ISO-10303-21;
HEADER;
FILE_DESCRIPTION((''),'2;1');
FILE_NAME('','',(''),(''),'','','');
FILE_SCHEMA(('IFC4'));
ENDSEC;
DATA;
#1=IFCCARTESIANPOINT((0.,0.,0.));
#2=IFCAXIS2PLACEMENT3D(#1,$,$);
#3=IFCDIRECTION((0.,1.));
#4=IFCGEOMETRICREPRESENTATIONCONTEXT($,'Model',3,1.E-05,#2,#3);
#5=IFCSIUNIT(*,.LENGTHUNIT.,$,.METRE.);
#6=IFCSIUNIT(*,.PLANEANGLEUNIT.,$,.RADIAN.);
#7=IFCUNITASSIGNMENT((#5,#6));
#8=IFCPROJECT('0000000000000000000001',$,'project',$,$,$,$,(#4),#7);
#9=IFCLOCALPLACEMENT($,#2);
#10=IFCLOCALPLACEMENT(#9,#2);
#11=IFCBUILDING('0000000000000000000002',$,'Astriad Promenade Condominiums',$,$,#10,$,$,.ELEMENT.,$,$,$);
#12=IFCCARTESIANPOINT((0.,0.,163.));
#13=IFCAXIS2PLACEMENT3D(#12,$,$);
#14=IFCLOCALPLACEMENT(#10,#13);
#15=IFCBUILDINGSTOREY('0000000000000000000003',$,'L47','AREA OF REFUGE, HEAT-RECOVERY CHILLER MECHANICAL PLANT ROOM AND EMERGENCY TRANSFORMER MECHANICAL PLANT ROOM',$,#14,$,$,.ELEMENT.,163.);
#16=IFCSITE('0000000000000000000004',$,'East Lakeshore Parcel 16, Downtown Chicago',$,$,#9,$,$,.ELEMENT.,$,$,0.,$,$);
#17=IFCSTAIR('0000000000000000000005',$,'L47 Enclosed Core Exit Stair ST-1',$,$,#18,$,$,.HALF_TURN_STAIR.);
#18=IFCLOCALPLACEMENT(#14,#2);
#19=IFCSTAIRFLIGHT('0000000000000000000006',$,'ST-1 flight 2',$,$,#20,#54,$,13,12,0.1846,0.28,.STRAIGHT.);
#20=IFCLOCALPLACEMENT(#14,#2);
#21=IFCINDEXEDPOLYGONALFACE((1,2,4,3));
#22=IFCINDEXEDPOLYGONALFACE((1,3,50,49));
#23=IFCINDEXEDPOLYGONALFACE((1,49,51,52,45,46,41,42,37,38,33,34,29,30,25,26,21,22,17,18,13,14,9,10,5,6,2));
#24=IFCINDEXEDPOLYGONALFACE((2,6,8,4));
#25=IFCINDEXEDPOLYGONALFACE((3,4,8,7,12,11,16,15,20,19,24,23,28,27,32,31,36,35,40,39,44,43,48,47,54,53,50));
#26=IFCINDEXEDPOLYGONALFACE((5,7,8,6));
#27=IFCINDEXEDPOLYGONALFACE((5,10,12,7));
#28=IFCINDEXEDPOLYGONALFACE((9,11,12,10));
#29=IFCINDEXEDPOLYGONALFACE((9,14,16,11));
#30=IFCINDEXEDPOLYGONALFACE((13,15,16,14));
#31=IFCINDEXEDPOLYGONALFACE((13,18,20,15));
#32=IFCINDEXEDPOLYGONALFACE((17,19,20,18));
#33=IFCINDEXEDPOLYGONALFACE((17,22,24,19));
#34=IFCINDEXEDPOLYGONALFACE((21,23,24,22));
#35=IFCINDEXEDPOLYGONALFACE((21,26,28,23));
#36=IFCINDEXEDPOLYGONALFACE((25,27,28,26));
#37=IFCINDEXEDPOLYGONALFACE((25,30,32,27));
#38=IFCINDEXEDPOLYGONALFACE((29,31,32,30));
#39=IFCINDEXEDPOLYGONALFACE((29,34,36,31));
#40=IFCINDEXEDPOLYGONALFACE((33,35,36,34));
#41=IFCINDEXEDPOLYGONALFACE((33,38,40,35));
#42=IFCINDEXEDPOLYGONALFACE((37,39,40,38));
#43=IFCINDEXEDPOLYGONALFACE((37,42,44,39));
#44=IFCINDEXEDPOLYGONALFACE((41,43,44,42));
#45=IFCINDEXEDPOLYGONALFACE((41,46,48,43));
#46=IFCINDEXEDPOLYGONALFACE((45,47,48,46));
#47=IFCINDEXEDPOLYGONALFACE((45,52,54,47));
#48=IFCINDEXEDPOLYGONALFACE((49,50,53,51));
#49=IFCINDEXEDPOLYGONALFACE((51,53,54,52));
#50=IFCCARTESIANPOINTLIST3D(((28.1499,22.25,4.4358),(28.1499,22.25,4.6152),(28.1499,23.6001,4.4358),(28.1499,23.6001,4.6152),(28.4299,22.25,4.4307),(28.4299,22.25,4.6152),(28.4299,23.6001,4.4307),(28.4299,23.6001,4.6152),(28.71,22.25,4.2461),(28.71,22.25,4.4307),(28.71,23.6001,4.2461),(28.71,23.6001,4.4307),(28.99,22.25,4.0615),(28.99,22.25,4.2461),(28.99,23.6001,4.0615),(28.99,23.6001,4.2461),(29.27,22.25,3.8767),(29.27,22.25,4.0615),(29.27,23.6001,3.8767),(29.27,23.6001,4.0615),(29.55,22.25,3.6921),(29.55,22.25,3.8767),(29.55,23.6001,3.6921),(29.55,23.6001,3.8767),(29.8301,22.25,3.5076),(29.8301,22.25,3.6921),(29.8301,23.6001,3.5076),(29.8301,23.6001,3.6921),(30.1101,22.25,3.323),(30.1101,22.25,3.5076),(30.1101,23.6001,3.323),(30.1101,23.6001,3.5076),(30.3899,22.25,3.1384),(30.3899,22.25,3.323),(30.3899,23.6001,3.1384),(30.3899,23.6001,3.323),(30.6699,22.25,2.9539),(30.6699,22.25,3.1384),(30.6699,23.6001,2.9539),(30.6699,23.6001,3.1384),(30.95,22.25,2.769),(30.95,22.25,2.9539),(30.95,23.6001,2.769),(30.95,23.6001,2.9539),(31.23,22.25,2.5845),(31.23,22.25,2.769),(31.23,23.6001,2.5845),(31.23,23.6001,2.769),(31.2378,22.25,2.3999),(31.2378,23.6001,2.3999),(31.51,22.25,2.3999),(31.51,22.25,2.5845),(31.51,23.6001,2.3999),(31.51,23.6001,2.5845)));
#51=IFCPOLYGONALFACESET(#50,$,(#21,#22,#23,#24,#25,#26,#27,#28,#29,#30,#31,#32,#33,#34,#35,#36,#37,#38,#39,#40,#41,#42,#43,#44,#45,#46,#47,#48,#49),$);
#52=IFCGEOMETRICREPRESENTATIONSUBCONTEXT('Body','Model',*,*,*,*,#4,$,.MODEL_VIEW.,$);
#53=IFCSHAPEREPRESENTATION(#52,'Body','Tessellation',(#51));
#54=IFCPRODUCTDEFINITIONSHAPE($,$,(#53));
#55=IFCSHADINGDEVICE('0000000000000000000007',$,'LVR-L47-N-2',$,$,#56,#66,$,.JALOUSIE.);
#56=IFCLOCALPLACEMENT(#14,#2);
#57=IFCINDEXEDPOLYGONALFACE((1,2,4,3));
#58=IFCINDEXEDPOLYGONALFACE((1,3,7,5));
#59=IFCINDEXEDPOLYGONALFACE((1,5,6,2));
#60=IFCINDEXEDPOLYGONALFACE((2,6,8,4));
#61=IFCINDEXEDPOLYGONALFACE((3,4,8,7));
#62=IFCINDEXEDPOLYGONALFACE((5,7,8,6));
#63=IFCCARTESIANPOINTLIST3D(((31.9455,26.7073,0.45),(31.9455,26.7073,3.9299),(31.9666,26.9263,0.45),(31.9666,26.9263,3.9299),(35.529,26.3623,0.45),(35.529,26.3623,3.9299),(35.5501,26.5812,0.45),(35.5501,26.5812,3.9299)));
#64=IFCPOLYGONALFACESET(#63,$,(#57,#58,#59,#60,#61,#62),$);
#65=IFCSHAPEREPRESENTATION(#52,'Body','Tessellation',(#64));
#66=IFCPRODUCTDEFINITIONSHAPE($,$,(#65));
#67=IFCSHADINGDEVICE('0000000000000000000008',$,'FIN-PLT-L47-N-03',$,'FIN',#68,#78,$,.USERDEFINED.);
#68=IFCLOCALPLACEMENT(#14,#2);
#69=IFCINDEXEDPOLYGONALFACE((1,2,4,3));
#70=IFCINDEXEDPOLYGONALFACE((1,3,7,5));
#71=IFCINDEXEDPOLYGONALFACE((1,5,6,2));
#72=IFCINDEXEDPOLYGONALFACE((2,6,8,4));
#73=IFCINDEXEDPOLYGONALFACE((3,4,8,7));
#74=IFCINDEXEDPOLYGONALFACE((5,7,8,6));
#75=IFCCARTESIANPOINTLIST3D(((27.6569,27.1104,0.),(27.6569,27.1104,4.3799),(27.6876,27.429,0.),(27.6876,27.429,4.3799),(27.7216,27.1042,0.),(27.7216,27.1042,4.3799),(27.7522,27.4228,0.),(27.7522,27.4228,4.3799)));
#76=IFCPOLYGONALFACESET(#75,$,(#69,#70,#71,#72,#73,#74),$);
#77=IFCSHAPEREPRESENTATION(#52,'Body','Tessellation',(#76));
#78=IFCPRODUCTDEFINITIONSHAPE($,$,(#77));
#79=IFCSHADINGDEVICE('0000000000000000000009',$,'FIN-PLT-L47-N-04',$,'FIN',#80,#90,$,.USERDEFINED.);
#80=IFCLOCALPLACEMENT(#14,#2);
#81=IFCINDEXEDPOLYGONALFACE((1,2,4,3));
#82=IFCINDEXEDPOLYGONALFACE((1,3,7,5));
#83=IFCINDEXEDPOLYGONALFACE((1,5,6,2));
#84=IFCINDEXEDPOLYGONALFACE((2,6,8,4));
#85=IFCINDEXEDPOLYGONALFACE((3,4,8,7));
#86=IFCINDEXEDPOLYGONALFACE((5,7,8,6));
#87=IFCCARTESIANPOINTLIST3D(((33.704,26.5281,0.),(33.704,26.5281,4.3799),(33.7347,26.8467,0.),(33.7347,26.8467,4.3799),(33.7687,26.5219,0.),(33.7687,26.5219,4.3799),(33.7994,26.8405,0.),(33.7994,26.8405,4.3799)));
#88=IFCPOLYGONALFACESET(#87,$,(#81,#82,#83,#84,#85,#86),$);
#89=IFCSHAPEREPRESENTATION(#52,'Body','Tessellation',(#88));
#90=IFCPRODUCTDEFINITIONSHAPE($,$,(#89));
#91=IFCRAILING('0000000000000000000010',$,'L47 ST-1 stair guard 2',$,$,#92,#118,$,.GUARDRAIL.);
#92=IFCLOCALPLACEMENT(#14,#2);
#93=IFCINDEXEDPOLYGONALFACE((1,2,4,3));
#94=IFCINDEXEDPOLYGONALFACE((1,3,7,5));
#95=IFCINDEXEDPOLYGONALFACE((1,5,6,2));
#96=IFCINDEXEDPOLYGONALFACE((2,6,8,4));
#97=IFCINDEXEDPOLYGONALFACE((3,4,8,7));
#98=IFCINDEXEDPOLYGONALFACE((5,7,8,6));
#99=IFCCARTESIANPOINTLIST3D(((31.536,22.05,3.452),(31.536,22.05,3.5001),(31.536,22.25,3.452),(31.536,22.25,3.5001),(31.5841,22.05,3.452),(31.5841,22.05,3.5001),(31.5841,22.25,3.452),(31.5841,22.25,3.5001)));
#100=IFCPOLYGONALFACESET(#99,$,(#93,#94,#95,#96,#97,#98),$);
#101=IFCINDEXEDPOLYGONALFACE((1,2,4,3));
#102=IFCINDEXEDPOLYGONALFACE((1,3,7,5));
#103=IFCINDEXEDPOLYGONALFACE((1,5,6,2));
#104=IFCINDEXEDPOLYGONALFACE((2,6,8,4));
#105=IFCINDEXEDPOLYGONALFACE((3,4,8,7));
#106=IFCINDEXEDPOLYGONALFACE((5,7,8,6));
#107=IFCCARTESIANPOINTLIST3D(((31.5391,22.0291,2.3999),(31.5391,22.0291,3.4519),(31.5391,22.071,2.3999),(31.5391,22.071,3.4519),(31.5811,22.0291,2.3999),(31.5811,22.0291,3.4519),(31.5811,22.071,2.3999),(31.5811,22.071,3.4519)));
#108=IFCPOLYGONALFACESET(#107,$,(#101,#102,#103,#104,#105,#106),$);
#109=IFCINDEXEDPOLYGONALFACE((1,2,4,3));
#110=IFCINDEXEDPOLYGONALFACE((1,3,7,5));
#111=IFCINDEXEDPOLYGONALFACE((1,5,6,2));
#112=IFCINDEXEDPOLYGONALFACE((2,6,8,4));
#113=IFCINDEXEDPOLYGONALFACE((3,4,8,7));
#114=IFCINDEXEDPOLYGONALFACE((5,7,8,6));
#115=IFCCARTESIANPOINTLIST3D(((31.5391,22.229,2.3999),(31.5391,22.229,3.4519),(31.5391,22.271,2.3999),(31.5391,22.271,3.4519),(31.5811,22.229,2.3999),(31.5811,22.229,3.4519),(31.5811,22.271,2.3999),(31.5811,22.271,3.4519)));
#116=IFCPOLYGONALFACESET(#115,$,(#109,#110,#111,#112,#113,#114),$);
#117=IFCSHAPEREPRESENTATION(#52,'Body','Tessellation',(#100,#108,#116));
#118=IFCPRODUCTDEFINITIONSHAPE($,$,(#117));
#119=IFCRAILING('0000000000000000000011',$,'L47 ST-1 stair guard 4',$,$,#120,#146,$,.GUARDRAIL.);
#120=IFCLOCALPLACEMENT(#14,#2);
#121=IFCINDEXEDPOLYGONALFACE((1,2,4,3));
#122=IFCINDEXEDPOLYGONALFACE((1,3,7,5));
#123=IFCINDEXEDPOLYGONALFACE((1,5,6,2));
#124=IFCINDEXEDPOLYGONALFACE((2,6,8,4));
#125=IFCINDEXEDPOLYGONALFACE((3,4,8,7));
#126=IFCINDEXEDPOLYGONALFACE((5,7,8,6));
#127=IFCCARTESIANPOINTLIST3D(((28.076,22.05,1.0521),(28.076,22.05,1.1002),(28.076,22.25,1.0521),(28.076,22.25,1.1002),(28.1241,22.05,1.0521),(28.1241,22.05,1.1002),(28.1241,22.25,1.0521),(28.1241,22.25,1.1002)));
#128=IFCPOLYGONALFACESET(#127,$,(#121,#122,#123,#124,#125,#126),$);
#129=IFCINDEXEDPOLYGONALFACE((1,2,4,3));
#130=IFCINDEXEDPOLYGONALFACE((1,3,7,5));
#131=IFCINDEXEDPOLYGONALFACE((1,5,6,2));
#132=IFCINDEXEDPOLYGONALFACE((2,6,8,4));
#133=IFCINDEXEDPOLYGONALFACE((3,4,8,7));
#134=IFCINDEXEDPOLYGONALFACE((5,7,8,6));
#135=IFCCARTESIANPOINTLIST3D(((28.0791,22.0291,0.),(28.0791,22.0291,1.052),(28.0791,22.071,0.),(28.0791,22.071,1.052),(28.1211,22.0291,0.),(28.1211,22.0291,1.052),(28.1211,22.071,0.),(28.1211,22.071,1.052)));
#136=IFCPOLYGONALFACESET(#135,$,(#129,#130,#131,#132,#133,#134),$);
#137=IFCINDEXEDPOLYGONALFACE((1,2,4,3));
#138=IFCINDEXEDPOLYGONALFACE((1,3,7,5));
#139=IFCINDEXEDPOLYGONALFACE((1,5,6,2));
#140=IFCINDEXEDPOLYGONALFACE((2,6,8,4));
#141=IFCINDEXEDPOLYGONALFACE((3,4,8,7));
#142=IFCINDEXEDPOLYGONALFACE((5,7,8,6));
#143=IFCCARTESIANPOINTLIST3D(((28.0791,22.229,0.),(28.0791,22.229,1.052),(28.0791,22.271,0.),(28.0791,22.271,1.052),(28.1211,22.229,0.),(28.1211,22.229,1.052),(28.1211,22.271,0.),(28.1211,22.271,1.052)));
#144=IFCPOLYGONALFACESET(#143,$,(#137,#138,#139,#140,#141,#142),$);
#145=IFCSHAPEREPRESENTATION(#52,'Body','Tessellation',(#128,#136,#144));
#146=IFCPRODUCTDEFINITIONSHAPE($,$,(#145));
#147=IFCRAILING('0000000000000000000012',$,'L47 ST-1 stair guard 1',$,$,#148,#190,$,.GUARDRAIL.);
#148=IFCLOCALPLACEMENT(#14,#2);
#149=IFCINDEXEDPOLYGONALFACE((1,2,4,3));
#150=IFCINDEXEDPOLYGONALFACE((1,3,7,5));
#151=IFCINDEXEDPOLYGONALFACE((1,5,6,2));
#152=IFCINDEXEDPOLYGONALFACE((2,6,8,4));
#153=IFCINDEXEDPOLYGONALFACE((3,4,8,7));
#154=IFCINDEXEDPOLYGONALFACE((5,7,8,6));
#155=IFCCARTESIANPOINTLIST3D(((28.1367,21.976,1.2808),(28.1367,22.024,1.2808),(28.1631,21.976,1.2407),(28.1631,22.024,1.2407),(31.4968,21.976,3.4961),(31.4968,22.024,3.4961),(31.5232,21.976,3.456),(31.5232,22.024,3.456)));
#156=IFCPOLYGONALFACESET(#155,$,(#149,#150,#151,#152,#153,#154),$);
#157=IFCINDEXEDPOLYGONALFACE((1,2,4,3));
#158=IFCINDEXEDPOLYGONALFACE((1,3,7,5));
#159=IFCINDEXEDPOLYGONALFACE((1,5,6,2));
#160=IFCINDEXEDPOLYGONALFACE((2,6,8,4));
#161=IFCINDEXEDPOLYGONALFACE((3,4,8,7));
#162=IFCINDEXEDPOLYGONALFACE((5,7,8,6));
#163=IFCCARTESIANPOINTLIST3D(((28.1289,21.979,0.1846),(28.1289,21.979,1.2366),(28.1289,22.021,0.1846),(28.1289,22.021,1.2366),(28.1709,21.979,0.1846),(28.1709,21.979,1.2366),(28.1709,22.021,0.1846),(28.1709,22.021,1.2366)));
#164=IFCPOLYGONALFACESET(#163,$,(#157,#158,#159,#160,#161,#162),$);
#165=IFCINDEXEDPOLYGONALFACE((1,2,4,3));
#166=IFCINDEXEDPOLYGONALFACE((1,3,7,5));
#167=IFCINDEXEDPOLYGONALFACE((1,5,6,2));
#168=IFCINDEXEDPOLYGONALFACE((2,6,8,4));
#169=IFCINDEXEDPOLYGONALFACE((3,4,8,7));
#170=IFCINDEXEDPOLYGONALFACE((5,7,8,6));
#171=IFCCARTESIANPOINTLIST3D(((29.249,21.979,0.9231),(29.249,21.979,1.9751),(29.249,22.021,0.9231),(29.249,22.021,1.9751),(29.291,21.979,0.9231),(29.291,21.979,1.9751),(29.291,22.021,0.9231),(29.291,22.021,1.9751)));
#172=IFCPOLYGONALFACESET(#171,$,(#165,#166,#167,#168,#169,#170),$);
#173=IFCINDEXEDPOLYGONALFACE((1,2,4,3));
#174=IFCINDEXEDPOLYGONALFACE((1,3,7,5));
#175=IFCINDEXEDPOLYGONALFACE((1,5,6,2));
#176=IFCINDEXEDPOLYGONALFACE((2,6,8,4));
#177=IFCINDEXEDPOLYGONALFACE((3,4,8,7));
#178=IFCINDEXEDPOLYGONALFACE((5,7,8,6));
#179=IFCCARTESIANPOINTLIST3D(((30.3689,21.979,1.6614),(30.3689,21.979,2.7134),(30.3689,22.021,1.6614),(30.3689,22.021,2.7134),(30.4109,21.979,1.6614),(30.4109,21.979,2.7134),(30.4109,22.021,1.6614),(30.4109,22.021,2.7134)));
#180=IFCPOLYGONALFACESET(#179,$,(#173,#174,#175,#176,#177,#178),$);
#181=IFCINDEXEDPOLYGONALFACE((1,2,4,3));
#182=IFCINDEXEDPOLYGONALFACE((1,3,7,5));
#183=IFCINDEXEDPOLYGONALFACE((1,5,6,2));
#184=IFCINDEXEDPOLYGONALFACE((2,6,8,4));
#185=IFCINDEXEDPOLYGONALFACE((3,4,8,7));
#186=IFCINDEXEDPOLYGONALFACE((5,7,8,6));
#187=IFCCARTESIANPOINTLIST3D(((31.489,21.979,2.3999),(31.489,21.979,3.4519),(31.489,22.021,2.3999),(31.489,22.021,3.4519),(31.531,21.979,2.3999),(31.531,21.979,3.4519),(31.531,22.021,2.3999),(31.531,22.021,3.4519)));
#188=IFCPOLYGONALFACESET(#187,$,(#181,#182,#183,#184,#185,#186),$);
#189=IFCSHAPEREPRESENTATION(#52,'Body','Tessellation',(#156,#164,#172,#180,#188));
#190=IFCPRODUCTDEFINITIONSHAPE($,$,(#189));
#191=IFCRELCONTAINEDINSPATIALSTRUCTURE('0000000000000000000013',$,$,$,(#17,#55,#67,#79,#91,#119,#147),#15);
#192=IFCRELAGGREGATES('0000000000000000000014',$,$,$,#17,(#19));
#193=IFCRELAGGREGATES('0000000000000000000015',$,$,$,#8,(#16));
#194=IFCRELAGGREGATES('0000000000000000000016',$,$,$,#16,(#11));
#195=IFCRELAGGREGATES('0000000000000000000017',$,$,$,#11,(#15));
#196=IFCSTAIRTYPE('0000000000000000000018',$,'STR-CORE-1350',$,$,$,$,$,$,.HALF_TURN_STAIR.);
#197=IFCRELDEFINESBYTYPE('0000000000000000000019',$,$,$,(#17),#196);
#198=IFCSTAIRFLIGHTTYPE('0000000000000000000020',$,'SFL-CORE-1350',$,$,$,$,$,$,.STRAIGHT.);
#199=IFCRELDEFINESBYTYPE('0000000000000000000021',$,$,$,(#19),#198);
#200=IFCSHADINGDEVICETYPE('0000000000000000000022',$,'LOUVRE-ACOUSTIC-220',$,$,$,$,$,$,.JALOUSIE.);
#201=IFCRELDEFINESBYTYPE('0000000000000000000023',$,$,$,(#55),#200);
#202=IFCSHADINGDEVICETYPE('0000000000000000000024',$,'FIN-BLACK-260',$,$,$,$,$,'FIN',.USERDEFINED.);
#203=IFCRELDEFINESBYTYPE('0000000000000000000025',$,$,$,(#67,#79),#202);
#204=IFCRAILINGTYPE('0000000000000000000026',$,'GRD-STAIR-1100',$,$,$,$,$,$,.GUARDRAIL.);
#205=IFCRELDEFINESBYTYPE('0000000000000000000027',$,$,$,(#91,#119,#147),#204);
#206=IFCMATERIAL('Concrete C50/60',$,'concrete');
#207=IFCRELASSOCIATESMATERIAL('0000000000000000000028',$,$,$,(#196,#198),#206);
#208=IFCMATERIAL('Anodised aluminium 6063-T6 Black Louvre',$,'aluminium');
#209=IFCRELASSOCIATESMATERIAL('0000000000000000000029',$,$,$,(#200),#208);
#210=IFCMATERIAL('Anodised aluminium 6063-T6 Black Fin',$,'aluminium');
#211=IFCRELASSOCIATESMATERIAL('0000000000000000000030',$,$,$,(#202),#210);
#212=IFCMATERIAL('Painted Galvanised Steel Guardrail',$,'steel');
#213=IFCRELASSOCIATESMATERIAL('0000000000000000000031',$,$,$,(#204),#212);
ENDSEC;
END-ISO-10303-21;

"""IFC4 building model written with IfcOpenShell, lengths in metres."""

from ifc_helpers import new_model, si_unit, direction, frame, origin, origin_2d, place, context, subcontext, project, spatial, polyline, rectangle, outline, extrude, source, transform, mapped, material, type_object, type_shapes, element, aggregate, save


model = new_model("IFC4")

# Units and contexts
model_context = context("Model", 3, precision=1e-05, world=origin(), true_north=direction((0.0, 1.0)))
body_context = subcontext(model_context, "Body", "Model", "MODEL_VIEW")
ifc_project = project(units=[si_unit("LENGTHUNIT", "METRE"), si_unit("PLANEANGLEUNIT", "RADIAN")], contexts=[model_context])

# Site, building, storey
site_placement = place(None, origin())
site = spatial("IfcSite", under=ifc_project, at=site_placement, Name="East Lakeshore Parcel 16, Downtown Chicago", CompositionType="ELEMENT", RefElevation=0.0)
building_placement = place(site_placement, origin())
building = spatial("IfcBuilding", under=site, at=building_placement, Name="Astriad Promenade Condominiums", CompositionType="ELEMENT")
storey_placement = place(building_placement, frame((0.0, 0.0, 163.0)))
storey = spatial("IfcBuildingStorey", under=building, at=storey_placement, Name="L47", Description="AREA OF REFUGE, HEAT-RECOVERY CHILLER MECHANICAL PLANT ROOM AND EMERGENCY TRANSFORMER MECHANICAL PLANT ROOM", CompositionType="ELEMENT", Elevation=163.0)

# Shared definitions
ifc_material_1 = material(Name="Concrete C50/60", Category="concrete")

# Stair, stair flight
stair_type = type_object("IfcStairType", Name="STR-CORE-1350", PredefinedType="HALF_TURN_STAIR", material=ifc_material_1)
stair_placement = place(storey_placement, origin())
stair = element("IfcStair", 1, at=stair_placement, inside=storey, type_object=stair_type, Name="L47 Enclosed Core Exit Stair ST-1", PredefinedType="HALF_TURN_STAIR")
stair_flight_type = type_object("IfcStairFlightType", Name="SFL-CORE-1350", PredefinedType="STRAIGHT", material=ifc_material_1)
shared_shape_1 = source(origin(), body_context, "Body", "SweptSolid", [
    extrude(outline(polyline([(0.0, 0.0), (0.0, 0.1846), (0.28, 0.1846), (0.28, 0.3691), (0.5601, 0.3691), (0.5601, 0.554), (0.8401, 0.554), (0.8401, 0.7385), (1.1201, 0.7385), (1.1201, 0.9231), (1.3999, 0.9231), (1.3999, 1.1077), (1.6799, 1.1077), (1.6799, 1.2922), (1.96, 1.2922), (1.96, 1.4768), (2.24, 1.4768), (2.24, 1.6616), (2.52, 1.6616), (2.52, 1.8462), (2.8, 1.8462), (2.8, 2.0308), (3.0801, 2.0308), (3.0801, 2.2153), (3.3601, 2.2153), (3.3601, 2.3999), (3.3601, 2.0359), (0.2722, 0.0), (0.0, 0.0)])), frame((0.0, 0.675, 0.0), z_axis=(0.0, -1.0, 0.0), x_axis=(1.0, 0.0, 0.0)), (0.0, 0.0, 1.0), 1.3501),
])
type_shapes(stair_flight_type, [shared_shape_1])
stair_flight_1_placement = place(storey_placement, frame((31.51, 22.925, 2.3999), z_axis=(0.0, 0.0, 1.0), x_axis=(-1.0, 0.0, 0.0)))
stair_flight_1 = element("IfcStairFlight", 2, at=stair_flight_1_placement, type_object=stair_flight_type, Name="ST-1 flight 2", NumberOfRisers=13, NumberOfTreads=12, PredefinedType="STRAIGHT", RiserHeight=0.1846, TreadLength=0.28, context=body_context, shape_type="MappedRepresentation", body=[
    mapped(shared_shape_1, transform((0.0, 0.0, 0.0), scale=1.0)),
])
aggregate(stair, [stair_flight_1])

# Shading devices
ifc_material_2 = material(Name="Anodised aluminium 6063-T6 Black Louvre", Category="aluminium")
shading_device_type_1 = type_object("IfcShadingDeviceType", Name="LOUVRE-ACOUSTIC-220", PredefinedType="JALOUSIE", material=ifc_material_2)
shared_shape_2 = source(origin(), body_context, "Body", "SweptSolid", [
    extrude(rectangle(XDim=3.6001, YDim=0.22, at=origin_2d()), origin(), (0.0, 0.0, 1.0), 3.48),
])
type_shapes(shading_device_type_1, [shared_shape_2])
shading_device_placement = place(storey_placement, frame((33.7478, 26.6443, 0.45), z_axis=(0.0, 0.0, 1.0), x_axis=(0.995396, -0.095846, 0.0)))
element("IfcShadingDevice", 3, at=shading_device_placement, inside=storey, type_object=shading_device_type_1, Name="LVR-L47-N-2", PredefinedType="JALOUSIE", context=body_context, shape_type="MappedRepresentation", body=[
    mapped(shared_shape_2, transform((0.0, 0.0, 0.0), scale=1.0)),
])
ifc_material_3 = material(Name="Anodised aluminium 6063-T6 Black Fin", Category="aluminium")
shading_device_type_2 = type_object("IfcShadingDeviceType", Name="FIN-BLACK-260", ElementType="FIN", PredefinedType="USERDEFINED", material=ifc_material_3)
shared_shape_3 = source(origin(), body_context, "Body", "SweptSolid", [
    extrude(rectangle(XDim=0.0649, YDim=0.3201, at=origin_2d()), origin(), (0.0, 0.0, 1.0), 4.3799),
])
type_shapes(shading_device_type_2, [shared_shape_3])
for number, where, z_axis, x_axis, name in (
    (4, (27.7046, 27.2666, 0.0), (0.0, 0.0, 1.0), (0.995396, -0.095846, 0.0), "FIN-PLT-L47-N-03"),
    (5, (33.7517, 26.6843, 0.0), (0.0, 0.0, 1.0), (0.995396, -0.095846, 0.0), "FIN-PLT-L47-N-04"),
):
    element("IfcShadingDevice", number, at=place(storey_placement, frame(where, z_axis=z_axis, x_axis=x_axis)), inside=storey, type_object=shading_device_type_2, Name=name, ObjectType="FIN", PredefinedType="USERDEFINED", context=body_context, shape_type="MappedRepresentation", body=[
        mapped(shared_shape_3, transform((0.0, 0.0, 0.0), scale=1.0)),
    ])

# Railings
ifc_material_4 = material(Name="Painted Galvanised Steel Guardrail", Category="steel")
railing_type_1 = type_object("IfcRailingType", Name="GRD-STAIR-1100", PredefinedType="GUARDRAIL", material=ifc_material_4)
shared_shape_4 = source(origin(), body_context, "Body", "SweptSolid", [
    extrude(rectangle(XDim=0.0481, YDim=0.0481, at=origin_2d()), frame((0.0, 0.0, 1.0762), z_axis=(0.0, 1.0, 0.0), x_axis=(-1.0, 0.0, 0.0)), (0.0, 0.0, 1.0), 0.2),
    extrude(rectangle(XDim=0.042, YDim=0.042, at=origin_2d()), origin(), (0.0, 0.0, 1.0), 1.052),
    extrude(rectangle(XDim=0.042, YDim=0.042, at=origin_2d()), frame((0.0, 0.2, 0.0)), (0.0, 0.0, 1.0), 1.052),
])
for number, where, name in (
    (6, (31.5601, 22.05, 2.3999), "L47 ST-1 stair guard 2"),
    (7, (28.1001, 22.05, 0.0), "L47 ST-1 stair guard 4"),
):
    element("IfcRailing", number, at=place(storey_placement, frame(where)), inside=storey, type_object=railing_type_1, Name=name, PredefinedType="GUARDRAIL", context=body_context, shape_type="MappedRepresentation", body=[
        mapped(shared_shape_4, transform((0.0, 0.0, 0.0), scale=1.0)),
    ])
shared_shape_5 = source(origin(), body_context, "Body", "SweptSolid", [
    extrude(rectangle(XDim=0.0481, YDim=0.0481, at=origin_2d()), frame((0.0, 0.0, 1.0762), z_axis=(0.834876, 0.0, 0.550437), x_axis=(0.0, 1.0, 0.0)), (0.0, 0.0, 1.0), 4.0247),
    extrude(rectangle(XDim=0.042, YDim=0.042, at=origin_2d()), origin(), (0.0, 0.0, 1.0), 1.052),
    extrude(rectangle(XDim=0.042, YDim=0.042, at=origin_2d()), frame((1.1201, 0.0, 0.7385)), (0.0, 0.0, 1.0), 1.052),
    extrude(rectangle(XDim=0.042, YDim=0.042, at=origin_2d()), frame((2.24, 0.0, 1.4768)), (0.0, 0.0, 1.0), 1.052),
    extrude(rectangle(XDim=0.042, YDim=0.042, at=origin_2d()), frame((3.3601, 0.0, 2.2153)), (0.0, 0.0, 1.0), 1.052),
])
railing_1_placement = place(storey_placement, frame((28.1499, 22.0, 0.1846)))
element("IfcRailing", 8, at=railing_1_placement, inside=storey, type_object=railing_type_1, Name="L47 ST-1 stair guard 1", PredefinedType="GUARDRAIL", context=body_context, shape_type="MappedRepresentation", body=[
    mapped(shared_shape_5, transform((0.0, 0.0, 0.0), scale=1.0)),
])

save(model, "model.ifc")
